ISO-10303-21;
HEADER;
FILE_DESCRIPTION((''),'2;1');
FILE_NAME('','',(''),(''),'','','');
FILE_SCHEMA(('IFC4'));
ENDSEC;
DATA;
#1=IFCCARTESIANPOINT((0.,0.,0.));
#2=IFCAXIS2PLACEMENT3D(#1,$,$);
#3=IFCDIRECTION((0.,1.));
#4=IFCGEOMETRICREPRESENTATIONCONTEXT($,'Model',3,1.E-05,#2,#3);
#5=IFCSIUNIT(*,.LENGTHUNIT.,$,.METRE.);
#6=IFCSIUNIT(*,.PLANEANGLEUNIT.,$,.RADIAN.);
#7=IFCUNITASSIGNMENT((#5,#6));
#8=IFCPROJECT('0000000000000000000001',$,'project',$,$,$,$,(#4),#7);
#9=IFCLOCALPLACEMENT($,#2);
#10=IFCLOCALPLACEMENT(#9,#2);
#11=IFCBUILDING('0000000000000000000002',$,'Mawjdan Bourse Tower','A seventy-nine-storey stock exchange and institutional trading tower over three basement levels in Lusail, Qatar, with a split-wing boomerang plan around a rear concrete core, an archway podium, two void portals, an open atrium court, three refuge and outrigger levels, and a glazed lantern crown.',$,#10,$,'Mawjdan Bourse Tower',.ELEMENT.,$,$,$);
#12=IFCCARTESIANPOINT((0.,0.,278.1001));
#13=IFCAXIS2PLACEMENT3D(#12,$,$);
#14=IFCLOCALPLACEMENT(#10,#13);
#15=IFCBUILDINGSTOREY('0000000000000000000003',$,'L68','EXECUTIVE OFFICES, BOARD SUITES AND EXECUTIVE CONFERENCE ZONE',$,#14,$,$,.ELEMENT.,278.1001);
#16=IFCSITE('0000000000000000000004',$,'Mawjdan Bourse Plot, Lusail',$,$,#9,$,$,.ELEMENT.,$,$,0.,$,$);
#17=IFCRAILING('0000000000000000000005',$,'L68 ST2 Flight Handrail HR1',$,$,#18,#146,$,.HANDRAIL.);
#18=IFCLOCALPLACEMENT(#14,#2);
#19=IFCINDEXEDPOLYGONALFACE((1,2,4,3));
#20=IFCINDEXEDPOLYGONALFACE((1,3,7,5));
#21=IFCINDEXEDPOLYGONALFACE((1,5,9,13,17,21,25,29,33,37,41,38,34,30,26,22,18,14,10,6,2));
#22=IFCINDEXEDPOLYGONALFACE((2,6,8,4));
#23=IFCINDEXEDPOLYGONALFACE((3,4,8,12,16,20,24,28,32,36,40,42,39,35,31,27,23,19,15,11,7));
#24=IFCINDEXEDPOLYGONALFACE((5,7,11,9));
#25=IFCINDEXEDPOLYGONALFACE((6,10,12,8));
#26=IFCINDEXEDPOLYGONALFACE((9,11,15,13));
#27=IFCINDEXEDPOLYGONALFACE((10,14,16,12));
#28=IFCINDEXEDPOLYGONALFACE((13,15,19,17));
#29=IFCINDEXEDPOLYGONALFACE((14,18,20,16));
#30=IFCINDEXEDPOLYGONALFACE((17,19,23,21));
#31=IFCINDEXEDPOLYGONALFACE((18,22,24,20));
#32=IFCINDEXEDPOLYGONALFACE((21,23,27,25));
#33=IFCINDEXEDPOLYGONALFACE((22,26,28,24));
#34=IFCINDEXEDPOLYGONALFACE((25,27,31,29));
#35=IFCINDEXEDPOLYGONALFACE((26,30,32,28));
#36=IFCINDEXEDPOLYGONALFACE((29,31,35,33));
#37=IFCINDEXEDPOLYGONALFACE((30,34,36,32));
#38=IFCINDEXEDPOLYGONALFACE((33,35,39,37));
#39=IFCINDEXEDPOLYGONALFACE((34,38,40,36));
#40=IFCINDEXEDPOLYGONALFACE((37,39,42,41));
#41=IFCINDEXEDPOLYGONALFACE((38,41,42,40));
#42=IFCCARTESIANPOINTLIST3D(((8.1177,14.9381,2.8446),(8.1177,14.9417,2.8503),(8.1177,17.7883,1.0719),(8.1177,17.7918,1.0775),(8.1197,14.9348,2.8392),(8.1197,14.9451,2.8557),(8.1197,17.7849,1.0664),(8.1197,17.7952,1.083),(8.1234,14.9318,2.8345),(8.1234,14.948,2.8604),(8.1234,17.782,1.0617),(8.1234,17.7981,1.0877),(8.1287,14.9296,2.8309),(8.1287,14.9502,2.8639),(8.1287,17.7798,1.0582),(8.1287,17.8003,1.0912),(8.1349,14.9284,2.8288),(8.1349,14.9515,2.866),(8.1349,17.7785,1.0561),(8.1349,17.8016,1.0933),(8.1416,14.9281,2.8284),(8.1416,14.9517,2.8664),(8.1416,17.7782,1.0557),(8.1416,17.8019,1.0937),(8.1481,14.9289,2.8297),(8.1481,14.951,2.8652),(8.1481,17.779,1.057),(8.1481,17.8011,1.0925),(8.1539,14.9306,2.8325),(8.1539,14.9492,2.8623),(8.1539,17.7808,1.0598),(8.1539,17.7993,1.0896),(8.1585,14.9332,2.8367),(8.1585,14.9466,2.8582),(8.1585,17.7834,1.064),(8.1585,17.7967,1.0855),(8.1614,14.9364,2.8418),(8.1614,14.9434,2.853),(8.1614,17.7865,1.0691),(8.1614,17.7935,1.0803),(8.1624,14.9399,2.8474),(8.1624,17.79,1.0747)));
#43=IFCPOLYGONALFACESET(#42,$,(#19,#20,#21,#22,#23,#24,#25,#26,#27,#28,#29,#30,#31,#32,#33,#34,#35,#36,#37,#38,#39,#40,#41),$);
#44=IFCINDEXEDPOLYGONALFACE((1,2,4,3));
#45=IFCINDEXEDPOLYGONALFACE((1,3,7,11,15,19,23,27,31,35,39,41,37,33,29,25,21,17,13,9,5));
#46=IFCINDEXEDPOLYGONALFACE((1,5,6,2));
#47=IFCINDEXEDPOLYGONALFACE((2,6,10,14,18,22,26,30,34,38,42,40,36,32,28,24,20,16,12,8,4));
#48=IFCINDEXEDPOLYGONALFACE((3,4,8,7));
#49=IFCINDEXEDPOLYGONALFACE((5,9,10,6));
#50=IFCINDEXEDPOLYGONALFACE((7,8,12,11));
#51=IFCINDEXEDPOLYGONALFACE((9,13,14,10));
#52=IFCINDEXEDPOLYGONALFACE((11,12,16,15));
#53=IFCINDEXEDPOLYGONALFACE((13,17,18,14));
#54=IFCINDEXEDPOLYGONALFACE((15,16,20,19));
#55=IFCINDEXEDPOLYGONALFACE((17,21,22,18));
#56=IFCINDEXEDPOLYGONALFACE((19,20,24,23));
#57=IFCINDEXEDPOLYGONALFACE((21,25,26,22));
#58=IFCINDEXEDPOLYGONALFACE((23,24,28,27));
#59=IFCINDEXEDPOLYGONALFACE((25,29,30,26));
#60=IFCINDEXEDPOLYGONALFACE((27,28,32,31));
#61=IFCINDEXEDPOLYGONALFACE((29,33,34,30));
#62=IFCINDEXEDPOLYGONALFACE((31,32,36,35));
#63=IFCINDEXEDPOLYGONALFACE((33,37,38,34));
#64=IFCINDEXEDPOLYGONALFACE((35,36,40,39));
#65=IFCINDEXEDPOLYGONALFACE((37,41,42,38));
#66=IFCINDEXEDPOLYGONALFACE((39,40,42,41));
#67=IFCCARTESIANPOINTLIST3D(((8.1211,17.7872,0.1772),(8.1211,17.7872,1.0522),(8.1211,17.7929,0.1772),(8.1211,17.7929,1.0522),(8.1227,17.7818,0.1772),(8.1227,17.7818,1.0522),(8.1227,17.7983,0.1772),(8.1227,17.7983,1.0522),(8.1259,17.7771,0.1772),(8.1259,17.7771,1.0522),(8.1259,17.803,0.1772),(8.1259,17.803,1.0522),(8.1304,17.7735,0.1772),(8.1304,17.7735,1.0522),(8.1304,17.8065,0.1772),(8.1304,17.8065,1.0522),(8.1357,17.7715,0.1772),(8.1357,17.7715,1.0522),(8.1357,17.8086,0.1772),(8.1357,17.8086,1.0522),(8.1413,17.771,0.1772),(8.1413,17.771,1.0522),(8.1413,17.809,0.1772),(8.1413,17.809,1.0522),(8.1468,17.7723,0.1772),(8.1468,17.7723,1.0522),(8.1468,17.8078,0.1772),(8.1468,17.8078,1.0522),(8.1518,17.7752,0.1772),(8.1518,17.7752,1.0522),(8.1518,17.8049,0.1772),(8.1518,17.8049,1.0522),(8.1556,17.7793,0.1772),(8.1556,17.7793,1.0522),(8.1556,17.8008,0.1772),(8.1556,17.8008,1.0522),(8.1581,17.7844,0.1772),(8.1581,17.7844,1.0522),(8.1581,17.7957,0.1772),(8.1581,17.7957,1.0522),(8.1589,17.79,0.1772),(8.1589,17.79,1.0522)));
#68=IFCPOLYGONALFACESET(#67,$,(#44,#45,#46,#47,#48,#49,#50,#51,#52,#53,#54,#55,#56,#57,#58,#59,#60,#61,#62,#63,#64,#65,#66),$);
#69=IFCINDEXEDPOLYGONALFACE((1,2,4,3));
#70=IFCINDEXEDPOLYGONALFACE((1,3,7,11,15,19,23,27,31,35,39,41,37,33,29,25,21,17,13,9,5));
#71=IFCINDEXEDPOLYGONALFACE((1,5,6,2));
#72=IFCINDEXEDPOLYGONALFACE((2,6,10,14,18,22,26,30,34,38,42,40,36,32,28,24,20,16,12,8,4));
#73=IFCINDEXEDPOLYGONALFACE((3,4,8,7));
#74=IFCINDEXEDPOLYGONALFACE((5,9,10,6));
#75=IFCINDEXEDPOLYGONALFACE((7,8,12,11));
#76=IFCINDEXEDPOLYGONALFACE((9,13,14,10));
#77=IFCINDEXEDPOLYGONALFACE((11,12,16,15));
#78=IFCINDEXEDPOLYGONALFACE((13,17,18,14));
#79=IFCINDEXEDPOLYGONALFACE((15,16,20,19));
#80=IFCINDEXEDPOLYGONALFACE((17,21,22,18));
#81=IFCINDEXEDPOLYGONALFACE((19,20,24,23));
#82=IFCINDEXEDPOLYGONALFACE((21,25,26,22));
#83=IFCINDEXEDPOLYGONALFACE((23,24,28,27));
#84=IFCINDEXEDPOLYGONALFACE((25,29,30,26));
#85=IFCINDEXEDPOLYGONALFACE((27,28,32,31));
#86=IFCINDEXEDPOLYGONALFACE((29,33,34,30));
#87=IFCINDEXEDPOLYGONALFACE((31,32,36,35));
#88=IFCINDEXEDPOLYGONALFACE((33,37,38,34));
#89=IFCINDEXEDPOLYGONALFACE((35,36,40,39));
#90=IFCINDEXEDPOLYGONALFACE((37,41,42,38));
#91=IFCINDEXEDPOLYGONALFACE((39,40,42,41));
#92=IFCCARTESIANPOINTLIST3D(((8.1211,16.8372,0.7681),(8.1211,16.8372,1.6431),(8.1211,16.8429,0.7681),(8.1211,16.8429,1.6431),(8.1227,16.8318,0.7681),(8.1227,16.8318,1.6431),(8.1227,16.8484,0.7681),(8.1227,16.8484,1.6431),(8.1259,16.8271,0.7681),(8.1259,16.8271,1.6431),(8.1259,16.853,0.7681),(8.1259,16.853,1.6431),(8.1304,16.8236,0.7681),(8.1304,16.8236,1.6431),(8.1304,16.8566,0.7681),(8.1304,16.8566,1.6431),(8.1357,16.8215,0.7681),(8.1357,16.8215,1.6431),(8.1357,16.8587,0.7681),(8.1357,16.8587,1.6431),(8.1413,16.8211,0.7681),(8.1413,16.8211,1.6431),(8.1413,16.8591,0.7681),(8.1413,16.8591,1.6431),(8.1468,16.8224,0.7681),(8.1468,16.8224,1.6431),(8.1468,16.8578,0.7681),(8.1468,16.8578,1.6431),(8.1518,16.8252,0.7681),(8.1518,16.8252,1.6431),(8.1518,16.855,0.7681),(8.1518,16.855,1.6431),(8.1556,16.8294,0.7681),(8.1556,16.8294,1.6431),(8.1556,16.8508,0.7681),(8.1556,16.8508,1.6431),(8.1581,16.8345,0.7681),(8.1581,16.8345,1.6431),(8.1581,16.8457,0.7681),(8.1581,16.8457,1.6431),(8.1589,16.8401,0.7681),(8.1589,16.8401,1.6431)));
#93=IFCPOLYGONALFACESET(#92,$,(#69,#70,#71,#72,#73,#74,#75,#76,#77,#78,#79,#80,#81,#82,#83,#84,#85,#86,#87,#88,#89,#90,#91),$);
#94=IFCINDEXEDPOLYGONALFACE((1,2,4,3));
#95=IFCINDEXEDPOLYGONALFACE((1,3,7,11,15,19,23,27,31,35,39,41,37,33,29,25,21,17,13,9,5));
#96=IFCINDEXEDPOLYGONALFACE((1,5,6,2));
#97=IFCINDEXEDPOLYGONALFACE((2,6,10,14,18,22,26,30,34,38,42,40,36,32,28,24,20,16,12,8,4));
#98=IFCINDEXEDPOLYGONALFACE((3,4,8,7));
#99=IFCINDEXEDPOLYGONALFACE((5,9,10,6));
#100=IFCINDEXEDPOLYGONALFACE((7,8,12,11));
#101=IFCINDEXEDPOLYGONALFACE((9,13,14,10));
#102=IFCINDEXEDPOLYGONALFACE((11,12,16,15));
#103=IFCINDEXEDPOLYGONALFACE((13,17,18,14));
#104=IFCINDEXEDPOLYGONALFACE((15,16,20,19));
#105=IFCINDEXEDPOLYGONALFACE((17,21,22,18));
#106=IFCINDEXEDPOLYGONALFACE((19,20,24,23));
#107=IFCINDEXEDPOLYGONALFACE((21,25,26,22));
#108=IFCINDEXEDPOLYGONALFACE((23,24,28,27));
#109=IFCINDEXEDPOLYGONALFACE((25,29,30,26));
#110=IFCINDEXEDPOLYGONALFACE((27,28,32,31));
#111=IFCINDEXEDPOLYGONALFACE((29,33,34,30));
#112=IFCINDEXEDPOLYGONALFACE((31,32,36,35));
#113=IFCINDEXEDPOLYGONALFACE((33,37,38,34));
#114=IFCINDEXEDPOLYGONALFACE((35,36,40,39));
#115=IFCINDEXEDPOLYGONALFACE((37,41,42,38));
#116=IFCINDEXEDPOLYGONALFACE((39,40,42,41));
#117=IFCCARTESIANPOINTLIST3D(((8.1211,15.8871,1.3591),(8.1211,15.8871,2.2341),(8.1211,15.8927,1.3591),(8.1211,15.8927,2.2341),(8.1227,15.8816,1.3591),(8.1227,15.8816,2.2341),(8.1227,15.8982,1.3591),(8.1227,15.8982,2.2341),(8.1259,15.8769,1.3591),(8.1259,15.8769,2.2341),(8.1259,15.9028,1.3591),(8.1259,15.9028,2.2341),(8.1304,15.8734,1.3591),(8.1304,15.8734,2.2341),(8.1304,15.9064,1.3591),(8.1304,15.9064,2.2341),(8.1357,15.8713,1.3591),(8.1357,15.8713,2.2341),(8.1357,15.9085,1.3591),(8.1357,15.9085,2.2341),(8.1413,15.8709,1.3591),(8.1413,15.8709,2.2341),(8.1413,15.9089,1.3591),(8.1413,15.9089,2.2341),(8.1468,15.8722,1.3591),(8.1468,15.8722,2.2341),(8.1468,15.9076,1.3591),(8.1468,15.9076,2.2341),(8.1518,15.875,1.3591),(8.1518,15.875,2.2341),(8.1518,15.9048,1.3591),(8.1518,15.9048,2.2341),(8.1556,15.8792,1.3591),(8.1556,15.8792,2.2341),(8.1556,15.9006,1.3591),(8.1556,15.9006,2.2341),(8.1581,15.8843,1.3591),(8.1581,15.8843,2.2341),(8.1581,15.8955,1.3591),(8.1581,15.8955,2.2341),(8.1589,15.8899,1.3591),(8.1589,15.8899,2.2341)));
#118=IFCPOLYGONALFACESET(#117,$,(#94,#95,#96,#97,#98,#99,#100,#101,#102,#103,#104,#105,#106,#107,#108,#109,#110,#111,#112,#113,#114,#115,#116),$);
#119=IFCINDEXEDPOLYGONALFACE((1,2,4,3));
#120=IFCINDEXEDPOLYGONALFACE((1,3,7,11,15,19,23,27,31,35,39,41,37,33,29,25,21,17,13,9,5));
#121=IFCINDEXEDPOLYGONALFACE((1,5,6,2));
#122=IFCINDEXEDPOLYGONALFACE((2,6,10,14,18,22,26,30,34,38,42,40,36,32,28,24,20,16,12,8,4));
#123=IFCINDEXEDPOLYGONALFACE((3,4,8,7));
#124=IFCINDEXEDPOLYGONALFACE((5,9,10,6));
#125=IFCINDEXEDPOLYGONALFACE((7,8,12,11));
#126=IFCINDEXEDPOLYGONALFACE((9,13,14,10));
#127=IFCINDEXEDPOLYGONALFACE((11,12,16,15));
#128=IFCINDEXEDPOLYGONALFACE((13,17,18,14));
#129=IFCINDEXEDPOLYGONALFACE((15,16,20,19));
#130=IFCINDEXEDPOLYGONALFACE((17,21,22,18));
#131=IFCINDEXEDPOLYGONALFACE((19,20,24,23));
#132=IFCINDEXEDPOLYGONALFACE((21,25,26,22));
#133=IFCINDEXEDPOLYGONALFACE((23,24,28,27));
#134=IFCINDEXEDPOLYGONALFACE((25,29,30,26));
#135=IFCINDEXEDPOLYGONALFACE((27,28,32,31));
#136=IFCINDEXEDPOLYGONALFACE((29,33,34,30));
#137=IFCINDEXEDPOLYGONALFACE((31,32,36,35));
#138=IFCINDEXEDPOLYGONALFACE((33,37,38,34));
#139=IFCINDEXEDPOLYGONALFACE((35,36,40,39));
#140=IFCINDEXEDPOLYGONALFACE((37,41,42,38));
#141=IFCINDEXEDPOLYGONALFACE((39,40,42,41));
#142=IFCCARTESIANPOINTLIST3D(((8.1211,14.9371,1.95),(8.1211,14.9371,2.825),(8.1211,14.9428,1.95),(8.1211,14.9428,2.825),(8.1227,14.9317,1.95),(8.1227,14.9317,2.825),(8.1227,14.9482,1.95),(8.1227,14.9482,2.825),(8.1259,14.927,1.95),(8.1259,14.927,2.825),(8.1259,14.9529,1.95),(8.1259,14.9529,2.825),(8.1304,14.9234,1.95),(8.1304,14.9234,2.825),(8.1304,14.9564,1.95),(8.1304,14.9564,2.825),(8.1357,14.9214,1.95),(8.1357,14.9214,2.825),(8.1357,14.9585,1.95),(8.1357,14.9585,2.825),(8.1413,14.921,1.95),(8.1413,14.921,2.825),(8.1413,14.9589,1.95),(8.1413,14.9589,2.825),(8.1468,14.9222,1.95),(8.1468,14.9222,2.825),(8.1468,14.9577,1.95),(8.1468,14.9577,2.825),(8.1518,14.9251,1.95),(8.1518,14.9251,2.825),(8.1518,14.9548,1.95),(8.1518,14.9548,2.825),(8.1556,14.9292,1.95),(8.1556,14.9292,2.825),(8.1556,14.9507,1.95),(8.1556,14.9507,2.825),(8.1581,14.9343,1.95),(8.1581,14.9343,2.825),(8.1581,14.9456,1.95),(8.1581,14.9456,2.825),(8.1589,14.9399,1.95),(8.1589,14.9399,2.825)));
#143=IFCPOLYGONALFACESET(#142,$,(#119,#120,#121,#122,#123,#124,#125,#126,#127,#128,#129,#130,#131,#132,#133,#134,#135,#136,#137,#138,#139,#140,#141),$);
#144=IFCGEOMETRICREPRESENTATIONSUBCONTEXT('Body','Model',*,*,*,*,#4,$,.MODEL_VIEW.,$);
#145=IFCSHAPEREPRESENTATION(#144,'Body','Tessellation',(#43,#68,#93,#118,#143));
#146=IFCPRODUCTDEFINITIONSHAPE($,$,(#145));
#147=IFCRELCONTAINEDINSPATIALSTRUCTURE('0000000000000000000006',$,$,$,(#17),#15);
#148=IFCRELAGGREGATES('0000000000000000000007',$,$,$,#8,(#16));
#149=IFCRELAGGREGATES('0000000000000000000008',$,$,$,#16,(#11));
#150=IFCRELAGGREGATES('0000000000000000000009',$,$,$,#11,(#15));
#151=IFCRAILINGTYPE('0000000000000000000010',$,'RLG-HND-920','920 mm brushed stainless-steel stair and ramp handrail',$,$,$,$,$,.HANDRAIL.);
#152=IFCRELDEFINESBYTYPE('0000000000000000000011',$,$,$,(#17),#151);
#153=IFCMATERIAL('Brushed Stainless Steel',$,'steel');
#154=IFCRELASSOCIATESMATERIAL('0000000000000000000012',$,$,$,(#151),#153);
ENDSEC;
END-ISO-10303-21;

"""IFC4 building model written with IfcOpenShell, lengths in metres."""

from ifc_helpers import new_model, si_unit, direction, frame, origin, origin_2d, place, context, subcontext, project, spatial, circle, extrude, material, type_object, element, save


model = new_model("IFC4")

# Units and contexts
model_context = context("Model", 3, precision=1e-05, world=origin(), true_north=direction((0.0, 1.0)))
body_context = subcontext(model_context, "Body", "Model", "MODEL_VIEW")
ifc_project = project(units=[si_unit("LENGTHUNIT", "METRE"), si_unit("PLANEANGLEUNIT", "RADIAN")], contexts=[model_context])

# Site, building, storey
site_placement = place(None, origin())
site = spatial("IfcSite", under=ifc_project, at=site_placement, Name="Mawjdan Bourse Plot, Lusail", CompositionType="ELEMENT", RefElevation=0.0)
building_placement = place(site_placement, origin())
building = spatial("IfcBuilding", under=site, at=building_placement, Name="Mawjdan Bourse Tower", Description="A seventy-nine-storey stock exchange and institutional trading tower over three basement levels in Lusail, Qatar, with a split-wing boomerang plan around a rear concrete core, an archway podium, two void portals, an open atrium court, three refuge and outrigger levels, and a glazed lantern crown.", LongName="Mawjdan Bourse Tower", CompositionType="ELEMENT")
storey_placement = place(building_placement, frame((0.0, 0.0, 278.1001)))
storey = spatial("IfcBuildingStorey", under=building, at=storey_placement, Name="L68", Description="EXECUTIVE OFFICES, BOARD SUITES AND EXECUTIVE CONFERENCE ZONE", CompositionType="ELEMENT", Elevation=278.1001)

# Railing
ifc_material_1 = material(Name="Brushed Stainless Steel", Category="steel")
railing_type_1 = type_object("IfcRailingType", Name="RLG-HND-920", Description="920 mm brushed stainless-steel stair and ramp handrail", PredefinedType="HANDRAIL", material=ifc_material_1)
for number, where, name in (
    (1, (8.1399, 17.79, 0.1772), "L68 ST2 Flight Handrail HR1"),
):
    element("IfcRailing", number, at=place(storey_placement, frame(where)), inside=storey, type_object=railing_type_1, Name=name, PredefinedType="HANDRAIL", context=body_context, shape_type="SweptSolid", body=[
        extrude(circle(Radius=0.0225, at=origin_2d()), frame((0.0, 0.0, 0.8975), z_axis=(0.0, -0.849149, 0.528154), x_axis=(1.0, 0.0, 0.0)), (0.0, 0.0, 1.0), 3.3564),
        extrude(circle(Radius=0.019, at=origin_2d()), origin(), (0.0, 0.0, 1.0), 0.875),
        extrude(circle(Radius=0.019, at=origin_2d()), frame((0.0, -0.95, 0.5908)), (0.0, 0.0, 1.0), 0.875),
        extrude(circle(Radius=0.019, at=origin_2d()), frame((0.0, -1.9001, 1.1819)), (0.0, 0.0, 1.0), 0.875),
        extrude(circle(Radius=0.019, at=origin_2d()), frame((0.0, -2.8501, 1.7727)), (0.0, 0.0, 1.0), 0.875),
    ])

save(model, "model.ifc")
